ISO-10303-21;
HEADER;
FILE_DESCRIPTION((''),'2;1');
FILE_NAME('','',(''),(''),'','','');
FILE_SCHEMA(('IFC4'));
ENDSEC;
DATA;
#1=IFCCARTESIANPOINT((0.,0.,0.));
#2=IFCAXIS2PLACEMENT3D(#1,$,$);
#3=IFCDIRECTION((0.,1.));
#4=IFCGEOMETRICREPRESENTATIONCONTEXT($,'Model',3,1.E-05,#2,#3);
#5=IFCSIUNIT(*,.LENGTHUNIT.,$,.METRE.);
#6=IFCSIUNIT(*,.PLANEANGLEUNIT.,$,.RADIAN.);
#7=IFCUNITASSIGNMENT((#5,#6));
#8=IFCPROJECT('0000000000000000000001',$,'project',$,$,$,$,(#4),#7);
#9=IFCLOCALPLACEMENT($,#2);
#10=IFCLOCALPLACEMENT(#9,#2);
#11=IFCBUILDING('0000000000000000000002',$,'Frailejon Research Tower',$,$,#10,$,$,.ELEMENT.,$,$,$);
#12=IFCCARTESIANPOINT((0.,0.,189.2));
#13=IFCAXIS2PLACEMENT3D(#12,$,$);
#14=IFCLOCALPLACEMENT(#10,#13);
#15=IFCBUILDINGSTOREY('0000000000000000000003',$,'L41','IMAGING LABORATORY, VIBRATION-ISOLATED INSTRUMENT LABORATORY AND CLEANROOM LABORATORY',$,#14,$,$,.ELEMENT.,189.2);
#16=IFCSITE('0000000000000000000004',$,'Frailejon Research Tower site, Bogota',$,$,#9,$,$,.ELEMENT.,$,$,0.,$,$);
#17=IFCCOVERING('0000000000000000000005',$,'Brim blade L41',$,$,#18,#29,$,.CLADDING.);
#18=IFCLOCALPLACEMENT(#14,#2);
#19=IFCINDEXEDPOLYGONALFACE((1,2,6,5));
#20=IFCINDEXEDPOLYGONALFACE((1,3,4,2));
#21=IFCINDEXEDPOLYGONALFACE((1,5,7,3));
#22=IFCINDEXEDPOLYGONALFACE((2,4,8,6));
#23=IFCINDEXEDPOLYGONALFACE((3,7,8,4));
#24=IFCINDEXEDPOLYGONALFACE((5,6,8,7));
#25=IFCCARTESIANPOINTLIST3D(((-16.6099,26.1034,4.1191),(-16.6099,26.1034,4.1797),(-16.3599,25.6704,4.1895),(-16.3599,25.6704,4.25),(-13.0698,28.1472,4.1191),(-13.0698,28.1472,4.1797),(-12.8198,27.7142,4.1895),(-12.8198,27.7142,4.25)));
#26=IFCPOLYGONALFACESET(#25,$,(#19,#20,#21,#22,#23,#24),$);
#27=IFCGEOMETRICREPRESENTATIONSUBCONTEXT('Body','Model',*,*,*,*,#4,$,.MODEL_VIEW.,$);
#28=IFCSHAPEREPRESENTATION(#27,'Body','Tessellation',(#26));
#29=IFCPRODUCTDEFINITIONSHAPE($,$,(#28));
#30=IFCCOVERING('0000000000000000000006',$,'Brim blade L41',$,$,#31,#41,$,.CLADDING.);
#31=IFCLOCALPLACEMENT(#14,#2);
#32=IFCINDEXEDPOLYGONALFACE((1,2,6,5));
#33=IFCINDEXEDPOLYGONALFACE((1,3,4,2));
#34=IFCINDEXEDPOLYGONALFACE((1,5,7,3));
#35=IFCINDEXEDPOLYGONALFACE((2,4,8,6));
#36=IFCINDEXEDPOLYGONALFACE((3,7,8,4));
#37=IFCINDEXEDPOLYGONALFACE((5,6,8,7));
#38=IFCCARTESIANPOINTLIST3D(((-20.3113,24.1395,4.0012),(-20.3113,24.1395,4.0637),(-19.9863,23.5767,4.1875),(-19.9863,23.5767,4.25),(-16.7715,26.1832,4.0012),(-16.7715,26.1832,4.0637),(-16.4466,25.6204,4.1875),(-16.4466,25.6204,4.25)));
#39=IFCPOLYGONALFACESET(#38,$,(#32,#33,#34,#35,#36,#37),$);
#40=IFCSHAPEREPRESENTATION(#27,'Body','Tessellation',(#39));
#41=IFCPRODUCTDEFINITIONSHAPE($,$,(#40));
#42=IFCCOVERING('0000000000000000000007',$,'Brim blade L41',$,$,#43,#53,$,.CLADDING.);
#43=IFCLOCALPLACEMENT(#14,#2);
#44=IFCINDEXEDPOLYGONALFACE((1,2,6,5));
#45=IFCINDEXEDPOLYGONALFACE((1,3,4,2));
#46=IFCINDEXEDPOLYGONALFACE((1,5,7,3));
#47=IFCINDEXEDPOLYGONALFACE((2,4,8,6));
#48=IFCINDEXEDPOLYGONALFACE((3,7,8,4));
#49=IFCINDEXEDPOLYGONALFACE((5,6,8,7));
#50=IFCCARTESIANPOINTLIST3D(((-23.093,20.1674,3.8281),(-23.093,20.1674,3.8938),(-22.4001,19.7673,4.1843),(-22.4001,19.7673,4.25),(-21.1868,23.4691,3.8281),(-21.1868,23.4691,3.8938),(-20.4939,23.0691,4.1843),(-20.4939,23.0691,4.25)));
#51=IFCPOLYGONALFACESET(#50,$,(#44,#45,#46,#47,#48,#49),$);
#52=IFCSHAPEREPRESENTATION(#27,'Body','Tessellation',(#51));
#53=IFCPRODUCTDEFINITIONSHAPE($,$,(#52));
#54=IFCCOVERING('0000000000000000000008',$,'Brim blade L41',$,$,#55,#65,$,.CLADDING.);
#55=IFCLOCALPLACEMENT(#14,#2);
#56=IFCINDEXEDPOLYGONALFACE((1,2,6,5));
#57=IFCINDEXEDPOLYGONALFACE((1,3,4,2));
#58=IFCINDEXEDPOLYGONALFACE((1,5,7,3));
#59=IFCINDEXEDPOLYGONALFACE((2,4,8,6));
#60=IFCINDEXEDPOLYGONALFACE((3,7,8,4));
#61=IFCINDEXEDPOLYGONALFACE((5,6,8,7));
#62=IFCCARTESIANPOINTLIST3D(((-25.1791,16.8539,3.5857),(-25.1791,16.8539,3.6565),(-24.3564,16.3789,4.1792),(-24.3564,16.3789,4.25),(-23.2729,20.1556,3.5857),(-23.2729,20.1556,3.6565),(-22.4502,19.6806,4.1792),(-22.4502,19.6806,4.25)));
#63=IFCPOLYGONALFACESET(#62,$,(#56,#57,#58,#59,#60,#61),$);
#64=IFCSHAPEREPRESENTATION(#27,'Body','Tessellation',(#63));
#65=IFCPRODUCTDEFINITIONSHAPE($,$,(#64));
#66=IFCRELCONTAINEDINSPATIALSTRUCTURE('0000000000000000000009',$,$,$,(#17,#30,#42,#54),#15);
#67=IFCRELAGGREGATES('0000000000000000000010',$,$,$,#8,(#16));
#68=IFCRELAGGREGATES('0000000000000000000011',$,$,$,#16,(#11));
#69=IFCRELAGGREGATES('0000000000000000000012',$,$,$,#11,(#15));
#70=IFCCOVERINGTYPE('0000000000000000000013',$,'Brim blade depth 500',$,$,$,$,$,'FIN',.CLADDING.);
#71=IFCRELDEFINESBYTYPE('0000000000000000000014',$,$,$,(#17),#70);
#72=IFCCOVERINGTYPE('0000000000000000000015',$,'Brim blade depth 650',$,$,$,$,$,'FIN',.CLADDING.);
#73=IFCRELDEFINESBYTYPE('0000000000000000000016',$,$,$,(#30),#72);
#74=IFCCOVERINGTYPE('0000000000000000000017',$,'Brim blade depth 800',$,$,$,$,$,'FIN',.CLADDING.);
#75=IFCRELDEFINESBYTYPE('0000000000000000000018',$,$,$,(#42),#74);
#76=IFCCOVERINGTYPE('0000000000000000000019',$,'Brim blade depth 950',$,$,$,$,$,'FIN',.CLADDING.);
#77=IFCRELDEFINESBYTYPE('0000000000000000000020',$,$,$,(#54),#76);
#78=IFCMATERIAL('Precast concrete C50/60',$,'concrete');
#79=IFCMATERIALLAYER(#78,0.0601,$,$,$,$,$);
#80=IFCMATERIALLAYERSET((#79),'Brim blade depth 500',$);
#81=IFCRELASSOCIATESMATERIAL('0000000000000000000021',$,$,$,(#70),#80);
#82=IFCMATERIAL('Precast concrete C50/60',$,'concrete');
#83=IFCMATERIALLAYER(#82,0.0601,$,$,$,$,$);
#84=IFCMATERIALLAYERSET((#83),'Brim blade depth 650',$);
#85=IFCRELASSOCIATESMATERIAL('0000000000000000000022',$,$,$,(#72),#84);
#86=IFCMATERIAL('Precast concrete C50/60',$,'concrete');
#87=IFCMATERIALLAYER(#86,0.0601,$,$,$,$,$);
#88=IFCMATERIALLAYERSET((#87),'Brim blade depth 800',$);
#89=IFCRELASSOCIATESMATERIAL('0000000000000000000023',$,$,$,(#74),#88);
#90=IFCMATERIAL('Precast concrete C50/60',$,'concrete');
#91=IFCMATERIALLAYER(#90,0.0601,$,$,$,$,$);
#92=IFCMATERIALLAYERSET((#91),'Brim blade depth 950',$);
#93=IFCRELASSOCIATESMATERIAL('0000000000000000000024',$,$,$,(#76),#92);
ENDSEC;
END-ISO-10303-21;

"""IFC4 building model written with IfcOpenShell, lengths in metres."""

from ifc_helpers import new_model, si_unit, direction, frame, origin, place, context, subcontext, project, spatial, polyline, outline, extrude, material, layer, layer_set, type_object, element, save


model = new_model("IFC4")

# Units and contexts
model_context = context("Model", 3, precision=1e-05, world=origin(), true_north=direction((0.0, 1.0)))
body_context = subcontext(model_context, "Body", "Model", "MODEL_VIEW")
ifc_project = project(units=[si_unit("LENGTHUNIT", "METRE"), si_unit("PLANEANGLEUNIT", "RADIAN")], contexts=[model_context])

# Site, building, storey
site_placement = place(None, origin())
site = spatial("IfcSite", under=ifc_project, at=site_placement, Name="Frailejon Research Tower site, Bogota", CompositionType="ELEMENT", RefElevation=0.0)
building_placement = place(site_placement, origin())
building = spatial("IfcBuilding", under=site, at=building_placement, Name="Frailejon Research Tower", CompositionType="ELEMENT")
storey_placement = place(building_placement, frame((0.0, 0.0, 189.2)))
storey = spatial("IfcBuildingStorey", under=building, at=storey_placement, Name="L41", Description="IMAGING LABORATORY, VIBRATION-ISOLATED INSTRUMENT LABORATORY AND CLEANROOM LABORATORY", CompositionType="ELEMENT", Elevation=189.2)

# Coverings
ifc_material_1 = material(Name="Precast concrete C50/60", Category="concrete")
ifc_layer_1 = layer(ifc_material_1, 0.0601)
ifc_layer_set_1 = layer_set([ifc_layer_1], Name="Brim blade depth 500")
covering_type_1 = type_object("IfcCoveringType", Name="Brim blade depth 500", ElementType="FIN", PredefinedType="CLADDING", material=ifc_layer_set_1)
covering_1_placement = place(storey_placement, frame((-16.3599, 25.6704, 4.25), z_axis=(0.866027, 0.499997, 0.0), x_axis=(-0.499997, 0.866027, 0.0)))
element("IfcCovering", 1, at=covering_1_placement, inside=storey, type_object=covering_type_1, Name="Brim blade L41", PredefinedType="CLADDING", context=body_context, shape_type="SweptSolid", body=[
    extrude(outline(polyline([(0.0, -0.0605), (0.5, -0.1309), (0.5, -0.0703), (0.0, 0.0), (0.0, -0.0605)])), origin(), (0.0, 0.0, 1.0), 4.0876),
])
ifc_material_2 = material(Name="Precast concrete C50/60", Category="concrete")
ifc_layer_2 = layer(ifc_material_2, 0.0601)
ifc_layer_set_2 = layer_set([ifc_layer_2], Name="Brim blade depth 650")
covering_type_2 = type_object("IfcCoveringType", Name="Brim blade depth 650", ElementType="FIN", PredefinedType="CLADDING", material=ifc_layer_set_2)
covering_2_placement = place(storey_placement, frame((-19.9863, 23.5767, 4.25), z_axis=(0.866021, 0.500007, 0.0), x_axis=(-0.500007, 0.866021, 0.0)))
element("IfcCovering", 2, at=covering_2_placement, inside=storey, type_object=covering_type_2, Name="Brim blade L41", PredefinedType="CLADDING", context=body_context, shape_type="SweptSolid", body=[
    extrude(outline(polyline([(0.0, -0.0625), (0.6499, -0.2488), (0.6499, -0.1863), (0.0, 0.0), (0.0, -0.0625)])), origin(), (0.0, 0.0, 1.0), 4.0874),
])
ifc_material_3 = material(Name="Precast concrete C50/60", Category="concrete")
ifc_layer_3 = layer(ifc_material_3, 0.0601)
ifc_layer_set_3 = layer_set([ifc_layer_3], Name="Brim blade depth 800")
covering_type_3 = type_object("IfcCoveringType", Name="Brim blade depth 800", ElementType="FIN", PredefinedType="CLADDING", material=ifc_layer_set_3)
covering_3_placement = place(storey_placement, frame((-22.4001, 19.7673, 4.25), z_axis=(0.500001, 0.866025, 0.0), x_axis=(-0.866025, 0.500001, 0.0)))
element("IfcCovering", 3, at=covering_3_placement, inside=storey, type_object=covering_type_3, Name="Brim blade L41", PredefinedType="CLADDING", context=body_context, shape_type="SweptSolid", body=[
    extrude(outline(polyline([(0.0, -0.0657), (0.8, -0.4219), (0.8, -0.3562), (0.0, 0.0), (0.0, -0.0657)])), origin(), (0.0, 0.0, 1.0), 3.8125),
])
ifc_material_4 = material(Name="Precast concrete C50/60", Category="concrete")
ifc_layer_4 = layer(ifc_material_4, 0.0601)
ifc_layer_set_4 = layer_set([ifc_layer_4], Name="Brim blade depth 950")
covering_type_4 = type_object("IfcCoveringType", Name="Brim blade depth 950", ElementType="FIN", PredefinedType="CLADDING", material=ifc_layer_set_4)
covering_4_placement = place(storey_placement, frame((-24.3564, 16.3789, 4.25), z_axis=(0.500001, 0.866025, 0.0), x_axis=(-0.866025, 0.500001, 0.0)))
element("IfcCovering", 4, at=covering_4_placement, inside=storey, type_object=covering_type_4, Name="Brim blade L41", PredefinedType="CLADDING", context=body_context, shape_type="SweptSolid", body=[
    extrude(outline(polyline([(0.0, -0.0708), (0.95, -0.6643), (0.95, -0.5935), (0.0, 0.0), (0.0, -0.0708)])), origin(), (0.0, 0.0, 1.0), 3.8125),
])

save(model, "model.ifc")
